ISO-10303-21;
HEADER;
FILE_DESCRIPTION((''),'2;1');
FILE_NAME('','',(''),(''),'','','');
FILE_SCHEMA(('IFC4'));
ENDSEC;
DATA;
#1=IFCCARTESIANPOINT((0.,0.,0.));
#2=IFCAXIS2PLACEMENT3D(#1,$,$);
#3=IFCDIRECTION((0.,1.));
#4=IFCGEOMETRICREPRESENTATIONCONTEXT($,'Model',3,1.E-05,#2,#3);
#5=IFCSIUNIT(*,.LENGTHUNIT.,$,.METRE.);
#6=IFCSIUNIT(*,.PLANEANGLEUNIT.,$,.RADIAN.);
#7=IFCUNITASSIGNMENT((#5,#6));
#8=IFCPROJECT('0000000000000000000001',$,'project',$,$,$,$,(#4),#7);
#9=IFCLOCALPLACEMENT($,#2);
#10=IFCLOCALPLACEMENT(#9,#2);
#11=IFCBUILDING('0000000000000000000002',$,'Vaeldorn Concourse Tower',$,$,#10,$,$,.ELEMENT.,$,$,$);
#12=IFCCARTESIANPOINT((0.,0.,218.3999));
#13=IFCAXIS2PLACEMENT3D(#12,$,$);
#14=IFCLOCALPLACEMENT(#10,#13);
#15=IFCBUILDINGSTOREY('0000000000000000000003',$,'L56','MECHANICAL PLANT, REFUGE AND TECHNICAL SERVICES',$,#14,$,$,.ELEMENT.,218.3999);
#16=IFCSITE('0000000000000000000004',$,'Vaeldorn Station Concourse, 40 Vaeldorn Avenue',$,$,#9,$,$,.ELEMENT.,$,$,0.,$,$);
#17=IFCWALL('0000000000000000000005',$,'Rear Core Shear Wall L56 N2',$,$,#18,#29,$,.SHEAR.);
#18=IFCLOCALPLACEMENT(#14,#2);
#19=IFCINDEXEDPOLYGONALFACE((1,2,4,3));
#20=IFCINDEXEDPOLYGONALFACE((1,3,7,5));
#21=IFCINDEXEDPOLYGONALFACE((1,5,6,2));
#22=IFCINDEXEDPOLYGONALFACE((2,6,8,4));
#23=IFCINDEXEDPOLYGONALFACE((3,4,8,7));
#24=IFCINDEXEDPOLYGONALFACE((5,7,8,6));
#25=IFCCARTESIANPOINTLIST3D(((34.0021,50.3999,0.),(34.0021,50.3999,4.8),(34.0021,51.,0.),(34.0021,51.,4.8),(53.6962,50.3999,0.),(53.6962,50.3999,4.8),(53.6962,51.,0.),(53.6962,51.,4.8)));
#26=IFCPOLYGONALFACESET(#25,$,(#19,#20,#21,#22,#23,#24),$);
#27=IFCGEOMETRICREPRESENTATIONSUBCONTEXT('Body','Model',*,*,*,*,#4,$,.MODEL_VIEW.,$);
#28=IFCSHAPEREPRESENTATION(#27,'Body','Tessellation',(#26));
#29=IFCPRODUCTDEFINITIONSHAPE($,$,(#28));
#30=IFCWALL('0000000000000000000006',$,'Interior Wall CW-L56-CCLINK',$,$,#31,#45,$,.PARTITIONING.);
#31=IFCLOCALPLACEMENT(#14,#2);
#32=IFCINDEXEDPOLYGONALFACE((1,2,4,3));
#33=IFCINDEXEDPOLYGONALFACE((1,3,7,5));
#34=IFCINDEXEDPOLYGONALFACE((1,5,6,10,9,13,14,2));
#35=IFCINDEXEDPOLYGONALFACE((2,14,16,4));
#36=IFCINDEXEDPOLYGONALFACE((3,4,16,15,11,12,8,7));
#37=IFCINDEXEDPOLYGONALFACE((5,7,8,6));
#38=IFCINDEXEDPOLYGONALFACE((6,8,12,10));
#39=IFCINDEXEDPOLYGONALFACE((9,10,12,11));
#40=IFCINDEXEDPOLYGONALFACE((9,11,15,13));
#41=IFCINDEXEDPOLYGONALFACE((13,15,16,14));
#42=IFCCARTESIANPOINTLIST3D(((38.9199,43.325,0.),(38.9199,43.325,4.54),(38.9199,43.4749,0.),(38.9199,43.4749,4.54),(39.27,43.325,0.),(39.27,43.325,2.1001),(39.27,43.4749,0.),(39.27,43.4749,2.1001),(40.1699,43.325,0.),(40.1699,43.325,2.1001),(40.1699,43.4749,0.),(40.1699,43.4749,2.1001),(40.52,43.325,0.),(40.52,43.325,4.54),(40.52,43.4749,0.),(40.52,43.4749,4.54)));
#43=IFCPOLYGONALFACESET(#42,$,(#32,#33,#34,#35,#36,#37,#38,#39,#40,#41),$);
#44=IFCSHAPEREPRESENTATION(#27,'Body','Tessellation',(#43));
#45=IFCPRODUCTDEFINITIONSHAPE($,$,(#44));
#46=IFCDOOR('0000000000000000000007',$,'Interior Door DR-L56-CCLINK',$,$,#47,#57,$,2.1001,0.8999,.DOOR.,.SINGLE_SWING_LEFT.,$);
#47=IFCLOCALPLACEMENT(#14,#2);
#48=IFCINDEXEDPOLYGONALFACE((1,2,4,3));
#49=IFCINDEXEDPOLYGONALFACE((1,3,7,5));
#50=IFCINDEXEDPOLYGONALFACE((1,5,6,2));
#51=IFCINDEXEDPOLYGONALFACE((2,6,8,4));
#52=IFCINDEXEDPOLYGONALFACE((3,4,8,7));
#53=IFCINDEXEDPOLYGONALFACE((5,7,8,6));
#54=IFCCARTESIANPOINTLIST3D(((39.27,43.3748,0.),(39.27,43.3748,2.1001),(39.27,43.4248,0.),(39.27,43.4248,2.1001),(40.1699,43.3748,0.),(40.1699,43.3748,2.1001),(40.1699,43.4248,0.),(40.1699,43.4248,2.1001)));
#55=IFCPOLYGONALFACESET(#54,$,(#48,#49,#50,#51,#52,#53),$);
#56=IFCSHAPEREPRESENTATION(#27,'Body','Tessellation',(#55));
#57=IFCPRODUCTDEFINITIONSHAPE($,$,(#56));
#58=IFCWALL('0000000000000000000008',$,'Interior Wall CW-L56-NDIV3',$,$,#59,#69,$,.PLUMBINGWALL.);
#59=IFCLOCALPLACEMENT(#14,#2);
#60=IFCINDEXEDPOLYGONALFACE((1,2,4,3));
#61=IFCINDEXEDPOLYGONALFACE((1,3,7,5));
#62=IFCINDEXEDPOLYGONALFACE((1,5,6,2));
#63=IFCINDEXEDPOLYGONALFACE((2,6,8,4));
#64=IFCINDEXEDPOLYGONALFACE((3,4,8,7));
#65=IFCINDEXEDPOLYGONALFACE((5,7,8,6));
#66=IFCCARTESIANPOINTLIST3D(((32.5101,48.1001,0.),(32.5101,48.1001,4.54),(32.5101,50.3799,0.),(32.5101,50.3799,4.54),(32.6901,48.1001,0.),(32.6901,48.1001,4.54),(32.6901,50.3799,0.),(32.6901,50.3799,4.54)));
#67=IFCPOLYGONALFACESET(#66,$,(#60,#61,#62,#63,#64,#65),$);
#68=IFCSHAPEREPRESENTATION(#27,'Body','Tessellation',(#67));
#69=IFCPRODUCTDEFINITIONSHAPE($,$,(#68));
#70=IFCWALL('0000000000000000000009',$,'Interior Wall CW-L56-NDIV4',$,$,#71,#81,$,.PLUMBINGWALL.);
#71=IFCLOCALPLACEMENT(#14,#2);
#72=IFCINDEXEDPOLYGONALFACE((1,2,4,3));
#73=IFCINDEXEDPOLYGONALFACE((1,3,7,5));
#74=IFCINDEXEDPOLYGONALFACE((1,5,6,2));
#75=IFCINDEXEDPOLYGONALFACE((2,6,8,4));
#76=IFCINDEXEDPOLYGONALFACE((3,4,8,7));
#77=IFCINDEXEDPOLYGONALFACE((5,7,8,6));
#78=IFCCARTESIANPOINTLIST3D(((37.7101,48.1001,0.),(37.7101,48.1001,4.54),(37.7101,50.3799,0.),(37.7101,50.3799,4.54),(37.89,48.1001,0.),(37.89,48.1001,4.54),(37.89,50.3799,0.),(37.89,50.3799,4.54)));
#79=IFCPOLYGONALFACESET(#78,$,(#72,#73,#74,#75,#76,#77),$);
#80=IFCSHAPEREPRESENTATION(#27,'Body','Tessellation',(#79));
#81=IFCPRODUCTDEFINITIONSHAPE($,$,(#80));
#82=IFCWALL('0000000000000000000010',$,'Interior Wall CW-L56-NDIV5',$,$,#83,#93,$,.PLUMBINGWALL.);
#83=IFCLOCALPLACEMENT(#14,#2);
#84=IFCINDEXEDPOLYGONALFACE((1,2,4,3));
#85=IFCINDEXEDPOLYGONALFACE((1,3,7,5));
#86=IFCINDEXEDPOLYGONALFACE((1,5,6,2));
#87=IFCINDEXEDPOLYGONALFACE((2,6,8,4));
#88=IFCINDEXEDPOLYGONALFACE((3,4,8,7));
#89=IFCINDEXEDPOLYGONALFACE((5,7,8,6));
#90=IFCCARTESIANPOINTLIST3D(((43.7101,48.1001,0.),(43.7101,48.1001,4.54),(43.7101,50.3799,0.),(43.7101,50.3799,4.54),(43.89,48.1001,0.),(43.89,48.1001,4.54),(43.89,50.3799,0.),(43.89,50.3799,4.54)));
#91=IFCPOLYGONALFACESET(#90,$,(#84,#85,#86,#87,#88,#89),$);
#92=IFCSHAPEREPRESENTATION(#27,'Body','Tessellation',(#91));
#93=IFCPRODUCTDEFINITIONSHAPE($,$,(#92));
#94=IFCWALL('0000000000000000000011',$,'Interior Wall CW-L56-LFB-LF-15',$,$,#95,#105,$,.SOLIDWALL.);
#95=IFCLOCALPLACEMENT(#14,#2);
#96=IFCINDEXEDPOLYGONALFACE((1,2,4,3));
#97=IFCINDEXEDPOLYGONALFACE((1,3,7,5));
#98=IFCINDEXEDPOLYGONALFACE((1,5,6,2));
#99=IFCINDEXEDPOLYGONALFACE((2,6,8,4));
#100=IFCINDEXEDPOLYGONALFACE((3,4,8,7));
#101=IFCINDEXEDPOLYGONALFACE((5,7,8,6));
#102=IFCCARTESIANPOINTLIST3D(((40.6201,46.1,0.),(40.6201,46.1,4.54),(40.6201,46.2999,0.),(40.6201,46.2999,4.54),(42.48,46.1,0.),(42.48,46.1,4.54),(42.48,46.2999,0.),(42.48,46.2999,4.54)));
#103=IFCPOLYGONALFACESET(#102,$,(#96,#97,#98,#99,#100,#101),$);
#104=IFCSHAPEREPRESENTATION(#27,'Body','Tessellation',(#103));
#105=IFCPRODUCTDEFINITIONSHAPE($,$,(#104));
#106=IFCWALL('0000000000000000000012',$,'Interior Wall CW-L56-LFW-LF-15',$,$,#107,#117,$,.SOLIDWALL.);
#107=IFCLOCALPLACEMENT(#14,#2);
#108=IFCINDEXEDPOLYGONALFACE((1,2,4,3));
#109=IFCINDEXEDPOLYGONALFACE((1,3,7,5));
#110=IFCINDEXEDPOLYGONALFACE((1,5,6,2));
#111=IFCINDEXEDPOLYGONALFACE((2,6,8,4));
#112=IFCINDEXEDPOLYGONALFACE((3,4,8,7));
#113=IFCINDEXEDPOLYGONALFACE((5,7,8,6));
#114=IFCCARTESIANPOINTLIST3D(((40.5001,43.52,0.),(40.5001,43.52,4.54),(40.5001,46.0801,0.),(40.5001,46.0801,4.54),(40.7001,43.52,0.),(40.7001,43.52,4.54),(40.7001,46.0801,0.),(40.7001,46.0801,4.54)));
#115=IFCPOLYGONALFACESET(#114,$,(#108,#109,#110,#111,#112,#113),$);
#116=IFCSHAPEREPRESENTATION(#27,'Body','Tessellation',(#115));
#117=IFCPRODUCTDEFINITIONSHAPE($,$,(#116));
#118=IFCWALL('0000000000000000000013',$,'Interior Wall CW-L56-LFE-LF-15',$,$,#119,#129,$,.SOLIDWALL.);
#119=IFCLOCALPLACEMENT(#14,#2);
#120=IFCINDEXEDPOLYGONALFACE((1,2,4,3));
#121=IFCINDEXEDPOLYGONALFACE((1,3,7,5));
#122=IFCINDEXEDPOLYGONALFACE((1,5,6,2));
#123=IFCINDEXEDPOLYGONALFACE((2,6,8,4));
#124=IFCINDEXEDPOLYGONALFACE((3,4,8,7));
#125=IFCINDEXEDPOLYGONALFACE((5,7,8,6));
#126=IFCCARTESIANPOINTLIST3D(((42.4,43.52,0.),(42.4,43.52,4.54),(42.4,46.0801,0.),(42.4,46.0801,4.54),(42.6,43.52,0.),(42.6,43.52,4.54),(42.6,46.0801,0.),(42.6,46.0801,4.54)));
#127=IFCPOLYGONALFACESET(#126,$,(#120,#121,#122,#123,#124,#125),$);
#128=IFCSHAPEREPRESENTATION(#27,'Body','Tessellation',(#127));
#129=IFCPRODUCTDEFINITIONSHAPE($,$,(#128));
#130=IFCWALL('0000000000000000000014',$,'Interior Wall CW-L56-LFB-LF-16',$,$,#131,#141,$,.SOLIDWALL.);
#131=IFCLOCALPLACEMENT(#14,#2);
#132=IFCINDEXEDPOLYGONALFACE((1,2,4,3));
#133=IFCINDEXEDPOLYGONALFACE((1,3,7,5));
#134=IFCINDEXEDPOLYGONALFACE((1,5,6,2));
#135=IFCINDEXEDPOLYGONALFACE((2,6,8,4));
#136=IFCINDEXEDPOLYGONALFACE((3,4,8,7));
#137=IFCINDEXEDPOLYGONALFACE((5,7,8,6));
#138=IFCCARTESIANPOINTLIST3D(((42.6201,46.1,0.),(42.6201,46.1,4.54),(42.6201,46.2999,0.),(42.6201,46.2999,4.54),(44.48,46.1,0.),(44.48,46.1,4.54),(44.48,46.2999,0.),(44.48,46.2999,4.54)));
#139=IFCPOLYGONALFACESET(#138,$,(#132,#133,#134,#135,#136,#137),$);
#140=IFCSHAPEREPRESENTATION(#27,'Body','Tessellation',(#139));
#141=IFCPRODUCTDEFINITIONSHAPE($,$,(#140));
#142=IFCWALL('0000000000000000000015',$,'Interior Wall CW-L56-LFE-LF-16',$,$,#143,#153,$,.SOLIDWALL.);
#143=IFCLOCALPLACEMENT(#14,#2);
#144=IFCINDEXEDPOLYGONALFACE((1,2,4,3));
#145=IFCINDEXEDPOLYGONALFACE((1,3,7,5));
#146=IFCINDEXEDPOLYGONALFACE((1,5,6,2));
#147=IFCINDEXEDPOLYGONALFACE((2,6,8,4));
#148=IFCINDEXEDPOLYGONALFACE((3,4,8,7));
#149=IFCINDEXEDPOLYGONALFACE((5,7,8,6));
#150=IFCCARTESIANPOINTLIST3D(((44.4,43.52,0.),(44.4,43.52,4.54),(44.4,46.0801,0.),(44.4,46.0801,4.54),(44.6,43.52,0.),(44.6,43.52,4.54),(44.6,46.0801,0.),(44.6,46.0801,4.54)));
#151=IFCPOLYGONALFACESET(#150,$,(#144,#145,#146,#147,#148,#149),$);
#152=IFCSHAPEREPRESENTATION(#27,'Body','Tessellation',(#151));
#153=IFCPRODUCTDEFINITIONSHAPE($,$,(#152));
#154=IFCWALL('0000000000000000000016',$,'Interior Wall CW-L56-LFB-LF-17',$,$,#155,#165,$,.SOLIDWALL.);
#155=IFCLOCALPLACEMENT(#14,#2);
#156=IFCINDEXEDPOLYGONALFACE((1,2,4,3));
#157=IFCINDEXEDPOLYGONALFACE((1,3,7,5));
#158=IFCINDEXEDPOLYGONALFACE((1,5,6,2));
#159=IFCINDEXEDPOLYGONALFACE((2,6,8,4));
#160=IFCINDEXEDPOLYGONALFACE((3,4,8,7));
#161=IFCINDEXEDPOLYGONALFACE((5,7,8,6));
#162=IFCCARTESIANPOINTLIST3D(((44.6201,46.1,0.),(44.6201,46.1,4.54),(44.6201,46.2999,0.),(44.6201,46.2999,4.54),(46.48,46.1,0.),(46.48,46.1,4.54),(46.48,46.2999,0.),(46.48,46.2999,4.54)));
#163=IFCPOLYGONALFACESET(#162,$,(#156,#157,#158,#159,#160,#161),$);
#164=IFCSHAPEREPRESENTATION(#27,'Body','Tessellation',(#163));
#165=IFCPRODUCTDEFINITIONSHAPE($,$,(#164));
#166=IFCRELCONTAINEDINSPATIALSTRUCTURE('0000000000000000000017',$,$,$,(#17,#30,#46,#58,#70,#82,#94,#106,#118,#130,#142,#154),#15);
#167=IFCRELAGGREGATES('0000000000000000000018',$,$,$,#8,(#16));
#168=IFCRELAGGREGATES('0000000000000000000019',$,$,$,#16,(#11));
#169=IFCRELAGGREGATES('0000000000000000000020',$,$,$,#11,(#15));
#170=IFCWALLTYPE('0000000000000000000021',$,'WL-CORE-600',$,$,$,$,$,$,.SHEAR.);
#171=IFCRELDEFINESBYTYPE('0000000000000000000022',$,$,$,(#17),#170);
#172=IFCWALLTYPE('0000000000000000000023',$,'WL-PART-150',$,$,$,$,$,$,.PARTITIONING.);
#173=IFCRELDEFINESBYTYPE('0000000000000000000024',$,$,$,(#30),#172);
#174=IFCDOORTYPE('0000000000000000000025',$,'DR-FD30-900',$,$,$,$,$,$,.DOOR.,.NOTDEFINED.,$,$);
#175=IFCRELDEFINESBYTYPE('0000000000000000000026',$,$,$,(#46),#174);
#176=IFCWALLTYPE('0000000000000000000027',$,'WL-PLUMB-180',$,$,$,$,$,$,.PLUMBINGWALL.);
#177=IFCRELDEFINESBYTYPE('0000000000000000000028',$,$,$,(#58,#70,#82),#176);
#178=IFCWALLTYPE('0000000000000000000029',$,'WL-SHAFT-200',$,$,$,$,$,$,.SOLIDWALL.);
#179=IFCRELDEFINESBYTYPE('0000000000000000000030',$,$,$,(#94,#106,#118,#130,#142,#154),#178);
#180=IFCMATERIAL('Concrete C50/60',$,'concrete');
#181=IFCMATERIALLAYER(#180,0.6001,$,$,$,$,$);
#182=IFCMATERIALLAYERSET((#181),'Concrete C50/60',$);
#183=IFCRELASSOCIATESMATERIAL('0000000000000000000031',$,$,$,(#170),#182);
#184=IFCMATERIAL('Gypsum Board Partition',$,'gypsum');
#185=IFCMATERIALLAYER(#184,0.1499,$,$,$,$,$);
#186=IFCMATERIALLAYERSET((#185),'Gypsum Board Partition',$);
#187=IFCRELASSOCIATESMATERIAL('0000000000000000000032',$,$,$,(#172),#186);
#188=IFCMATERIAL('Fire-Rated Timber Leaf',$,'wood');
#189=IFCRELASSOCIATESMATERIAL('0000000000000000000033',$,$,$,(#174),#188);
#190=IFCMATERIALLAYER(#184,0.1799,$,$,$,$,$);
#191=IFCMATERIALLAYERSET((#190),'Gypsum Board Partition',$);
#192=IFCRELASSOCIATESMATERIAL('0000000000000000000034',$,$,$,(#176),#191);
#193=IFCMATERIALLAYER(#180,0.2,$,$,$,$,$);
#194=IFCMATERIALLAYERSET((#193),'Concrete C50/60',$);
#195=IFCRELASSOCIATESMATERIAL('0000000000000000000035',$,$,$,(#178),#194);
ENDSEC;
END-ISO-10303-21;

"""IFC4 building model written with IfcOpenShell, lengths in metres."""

from ifc_helpers import new_model, si_unit, direction, frame, frame_2d, origin, place, context, subcontext, project, spatial, rectangle, extrude, source, transform, mapped, material, layer, layer_set, type_object, element, fill, save


model = new_model("IFC4")

# Units and contexts
model_context = context("Model", 3, precision=1e-05, world=origin(), true_north=direction((0.0, 1.0)))
body_context = subcontext(model_context, "Body", "Model", "MODEL_VIEW")
ifc_project = project(units=[si_unit("LENGTHUNIT", "METRE"), si_unit("PLANEANGLEUNIT", "RADIAN")], contexts=[model_context])

# Site, building, storey
site_placement = place(None, origin())
site = spatial("IfcSite", under=ifc_project, at=site_placement, Name="Vaeldorn Station Concourse, 40 Vaeldorn Avenue", CompositionType="ELEMENT", RefElevation=0.0)
building_placement = place(site_placement, origin())
building = spatial("IfcBuilding", under=site, at=building_placement, Name="Vaeldorn Concourse Tower", CompositionType="ELEMENT")
storey_placement = place(building_placement, frame((0.0, 0.0, 218.3999)))
storey = spatial("IfcBuildingStorey", under=building, at=storey_placement, Name="L56", Description="MECHANICAL PLANT, REFUGE AND TECHNICAL SERVICES", CompositionType="ELEMENT", Elevation=218.3999)

# Wall
ifc_material_1 = material(Name="Concrete C50/60", Category="concrete")
ifc_layer_1 = layer(ifc_material_1, 0.6001)
ifc_layer_set_1 = layer_set([ifc_layer_1], Name="Concrete C50/60")
wall_type_1 = type_object("IfcWallType", Name="WL-CORE-600", PredefinedType="SHEAR", material=ifc_layer_set_1)
wall_1_placement = place(storey_placement, frame((34.002, 50.7, 0.0), z_axis=(0.0, 0.0, 1.0), x_axis=(1.0, 0.0, 0.0)))
element("IfcWall", 1, at=wall_1_placement, inside=storey, type_object=wall_type_1, Name="Rear Core Shear Wall L56 N2", PredefinedType="SHEAR", context=body_context, shape_type="SweptSolid", body=[
    extrude(rectangle(XDim=19.6941, YDim=0.6001, at=frame_2d((9.8472, 0.0))), origin(), (0.0, 0.0, 1.0), 4.8),
])

# Wall, opening, door
ifc_material_2 = material(Name="Gypsum Board Partition", Category="gypsum")
ifc_layer_2 = layer(ifc_material_2, 0.1499)
ifc_layer_set_2 = layer_set([ifc_layer_2], Name="Gypsum Board Partition")
wall_type_2 = type_object("IfcWallType", Name="WL-PART-150", PredefinedType="PARTITIONING", material=ifc_layer_set_2)
wall_2_placement = place(storey_placement, frame((38.9199, 43.3999, 0.0), z_axis=(0.0, 0.0, 1.0), x_axis=(1.0, 0.0, 0.0)))
wall_2 = element("IfcWall", 2, at=wall_2_placement, inside=storey, type_object=wall_type_2, Name="Interior Wall CW-L56-CCLINK", PredefinedType="PARTITIONING", context=body_context, shape_type="SweptSolid", body=[
    extrude(rectangle(XDim=1.6001, YDim=0.1499, at=frame_2d((0.8, 0.0))), origin(), (0.0, 0.0, 1.0), 4.54),
])
opening_1_placement = place(wall_2_placement, frame((0.3501, 0.0, 0.0)))
opening_1 = element("IfcOpeningElement", 3, at=opening_1_placement, cuts=wall_2, PredefinedType="OPENING", context=body_context, shape_type="SweptSolid", body=[
    extrude(rectangle(XDim=0.8999, YDim=2.1001, at=frame_2d((0.45, 1.05))), frame((0.0, 0.085, 0.0), z_axis=(0.0, -1.0, 0.0), x_axis=(1.0, 0.0, 0.0)), (0.0, 0.0, 1.0), 0.1699),
])
ifc_material_3 = material(Name="Fire-Rated Timber Leaf", Category="wood")
door_type_1 = type_object("IfcDoorType", Name="DR-FD30-900", OperationType="NOTDEFINED", PredefinedType="DOOR", material=ifc_material_3)
shared_shape_1 = source(origin(), body_context, "Body", "SweptSolid", [
    extrude(rectangle(XDim=0.8999, YDim=2.1001, at=frame_2d((0.45, 1.05))), frame((0.0, 0.0249, 0.0), z_axis=(0.0, -1.0, 0.0), x_axis=(1.0, 0.0, 0.0)), (0.0, 0.0, 1.0), 0.05),
])
door_1_placement = place(opening_1_placement, origin())
door_1 = element("IfcDoor", 4, at=door_1_placement, inside=storey, type_object=door_type_1, Name="Interior Door DR-L56-CCLINK", OperationType="SINGLE_SWING_LEFT", OverallHeight=2.1001, OverallWidth=0.8999, PredefinedType="DOOR", context=body_context, shape_type="MappedRepresentation", body=[
    mapped(shared_shape_1, transform((0.0, 0.0, 0.0), scale=1.0)),
])
fill(opening_1, door_1)

# Walls
ifc_layer_3 = layer(ifc_material_2, 0.1799)
ifc_layer_set_3 = layer_set([ifc_layer_3], Name="Gypsum Board Partition")
wall_type_3 = type_object("IfcWallType", Name="WL-PLUMB-180", PredefinedType="PLUMBINGWALL", material=ifc_layer_set_3)
for number, where, z_axis, x_axis, name in (
    (5, (32.6001, 48.1001, 0.0), (0.0, 0.0, 1.0), (0.0, 1.0, 0.0), "Interior Wall CW-L56-NDIV3"),
    (6, (37.8, 48.1001, 0.0), (0.0, 0.0, 1.0), (0.0, 1.0, 0.0), "Interior Wall CW-L56-NDIV4"),
    (7, (43.8, 48.1001, 0.0), (0.0, 0.0, 1.0), (0.0, 1.0, 0.0), "Interior Wall CW-L56-NDIV5"),
):
    element("IfcWall", number, at=place(storey_placement, frame(where, z_axis=z_axis, x_axis=x_axis)), inside=storey, type_object=wall_type_3, Name=name, PredefinedType="PLUMBINGWALL", context=body_context, shape_type="SweptSolid", body=[
        extrude(rectangle(XDim=2.2798, YDim=0.1799, at=frame_2d((1.1399, 0.0))), origin(), (0.0, 0.0, 1.0), 4.54),
    ])

# Shared definitions
ifc_layer_4 = layer(ifc_material_1, 0.2)
ifc_layer_set_4 = layer_set([ifc_layer_4], Name="Concrete C50/60")
wall_type_4 = type_object("IfcWallType", Name="WL-SHAFT-200", PredefinedType="SOLIDWALL", material=ifc_layer_set_4)

# Walls
wall_3_placement = place(storey_placement, frame((40.6201, 46.2, 0.0), z_axis=(0.0, 0.0, 1.0), x_axis=(1.0, 0.0, 0.0)))
element("IfcWall", 8, at=wall_3_placement, inside=storey, type_object=wall_type_4, Name="Interior Wall CW-L56-LFB-LF-15", PredefinedType="SOLIDWALL", context=body_context, shape_type="SweptSolid", body=[
    extrude(rectangle(XDim=1.8599, YDim=0.2, at=frame_2d((0.9299, 0.0))), origin(), (0.0, 0.0, 1.0), 4.54),
])
for number, where, z_axis, x_axis, name in (
    (9, (40.6001, 43.52, 0.0), (0.0, 0.0, 1.0), (0.0, 1.0, 0.0), "Interior Wall CW-L56-LFW-LF-15"),
    (10, (42.5, 43.52, 0.0), (0.0, 0.0, 1.0), (0.0, 1.0, 0.0), "Interior Wall CW-L56-LFE-LF-15"),
):
    element("IfcWall", number, at=place(storey_placement, frame(where, z_axis=z_axis, x_axis=x_axis)), inside=storey, type_object=wall_type_4, Name=name, PredefinedType="SOLIDWALL", context=body_context, shape_type="SweptSolid", body=[
        extrude(rectangle(XDim=2.5601, YDim=0.2, at=frame_2d((1.28, 0.0))), origin(), (0.0, 0.0, 1.0), 4.54),
    ])

# Walls
wall_4_placement = place(storey_placement, frame((42.6201, 46.2, 0.0), z_axis=(0.0, 0.0, 1.0), x_axis=(1.0, 0.0, 0.0)))
element("IfcWall", 11, at=wall_4_placement, inside=storey, type_object=wall_type_4, Name="Interior Wall CW-L56-LFB-LF-16", PredefinedType="SOLIDWALL", context=body_context, shape_type="SweptSolid", body=[
    extrude(rectangle(XDim=1.8599, YDim=0.2, at=frame_2d((0.9299, 0.0))), origin(), (0.0, 0.0, 1.0), 4.54),
])
wall_5_placement = place(storey_placement, frame((44.5, 43.52, 0.0), z_axis=(0.0, 0.0, 1.0), x_axis=(0.0, 1.0, 0.0)))
element("IfcWall", 12, at=wall_5_placement, inside=storey, type_object=wall_type_4, Name="Interior Wall CW-L56-LFE-LF-16", PredefinedType="SOLIDWALL", context=body_context, shape_type="SweptSolid", body=[
    extrude(rectangle(XDim=2.5601, YDim=0.2, at=frame_2d((1.28, 0.0))), origin(), (0.0, 0.0, 1.0), 4.54),
])

# Wall
wall_6_placement = place(storey_placement, frame((44.6201, 46.2, 0.0), z_axis=(0.0, 0.0, 1.0), x_axis=(1.0, 0.0, 0.0)))
element("IfcWall", 13, at=wall_6_placement, inside=storey, type_object=wall_type_4, Name="Interior Wall CW-L56-LFB-LF-17", PredefinedType="SOLIDWALL", context=body_context, shape_type="SweptSolid", body=[
    extrude(rectangle(XDim=1.8599, YDim=0.2, at=frame_2d((0.9299, 0.0))), origin(), (0.0, 0.0, 1.0), 4.54),
])

save(model, "model.ifc")
